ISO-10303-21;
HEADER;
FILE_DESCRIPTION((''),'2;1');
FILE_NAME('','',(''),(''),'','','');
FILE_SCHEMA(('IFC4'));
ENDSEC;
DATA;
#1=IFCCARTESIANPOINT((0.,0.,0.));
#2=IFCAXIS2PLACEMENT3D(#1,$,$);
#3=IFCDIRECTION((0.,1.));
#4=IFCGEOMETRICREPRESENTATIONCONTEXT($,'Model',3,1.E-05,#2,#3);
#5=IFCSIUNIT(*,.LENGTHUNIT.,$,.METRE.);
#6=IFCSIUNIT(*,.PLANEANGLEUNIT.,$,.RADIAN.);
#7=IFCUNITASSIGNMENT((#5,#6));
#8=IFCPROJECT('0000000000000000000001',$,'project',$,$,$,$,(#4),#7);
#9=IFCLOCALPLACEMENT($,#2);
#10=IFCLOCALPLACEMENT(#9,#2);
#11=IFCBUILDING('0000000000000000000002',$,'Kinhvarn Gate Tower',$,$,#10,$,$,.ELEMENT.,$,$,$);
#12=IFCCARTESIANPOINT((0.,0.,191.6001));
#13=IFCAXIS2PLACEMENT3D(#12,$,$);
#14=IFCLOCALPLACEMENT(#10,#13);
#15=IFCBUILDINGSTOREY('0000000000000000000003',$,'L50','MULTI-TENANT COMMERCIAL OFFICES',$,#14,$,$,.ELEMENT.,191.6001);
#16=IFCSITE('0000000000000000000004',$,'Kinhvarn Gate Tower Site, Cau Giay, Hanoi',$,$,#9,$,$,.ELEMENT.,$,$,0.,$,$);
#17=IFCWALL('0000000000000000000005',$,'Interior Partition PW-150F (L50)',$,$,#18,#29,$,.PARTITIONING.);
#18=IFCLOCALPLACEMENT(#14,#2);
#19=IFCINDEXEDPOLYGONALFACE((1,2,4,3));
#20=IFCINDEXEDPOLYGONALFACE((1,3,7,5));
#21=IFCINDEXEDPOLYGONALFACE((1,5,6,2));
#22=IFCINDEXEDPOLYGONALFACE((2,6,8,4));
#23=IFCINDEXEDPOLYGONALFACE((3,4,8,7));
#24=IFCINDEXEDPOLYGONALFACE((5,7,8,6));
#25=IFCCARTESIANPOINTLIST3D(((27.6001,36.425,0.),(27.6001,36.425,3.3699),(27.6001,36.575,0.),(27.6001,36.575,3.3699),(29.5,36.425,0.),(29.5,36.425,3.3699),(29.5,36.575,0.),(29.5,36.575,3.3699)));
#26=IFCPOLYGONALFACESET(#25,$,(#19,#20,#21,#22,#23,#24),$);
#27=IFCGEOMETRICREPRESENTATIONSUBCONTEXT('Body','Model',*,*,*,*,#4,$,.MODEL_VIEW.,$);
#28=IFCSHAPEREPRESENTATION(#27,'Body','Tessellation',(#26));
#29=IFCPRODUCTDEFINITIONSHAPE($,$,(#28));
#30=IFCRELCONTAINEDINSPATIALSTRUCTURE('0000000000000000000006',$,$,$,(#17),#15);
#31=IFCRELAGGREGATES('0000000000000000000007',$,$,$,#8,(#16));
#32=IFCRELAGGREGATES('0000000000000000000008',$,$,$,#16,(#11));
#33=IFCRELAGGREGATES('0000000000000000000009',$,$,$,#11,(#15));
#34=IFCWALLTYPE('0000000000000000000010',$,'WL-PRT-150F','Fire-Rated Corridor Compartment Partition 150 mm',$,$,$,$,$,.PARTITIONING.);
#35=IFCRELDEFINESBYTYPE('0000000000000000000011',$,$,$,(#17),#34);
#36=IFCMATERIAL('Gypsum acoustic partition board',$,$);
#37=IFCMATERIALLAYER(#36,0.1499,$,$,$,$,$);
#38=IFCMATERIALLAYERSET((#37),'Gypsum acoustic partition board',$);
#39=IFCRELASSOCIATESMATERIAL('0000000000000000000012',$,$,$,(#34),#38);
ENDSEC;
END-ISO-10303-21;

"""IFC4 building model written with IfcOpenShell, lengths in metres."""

from ifc_helpers import new_model, si_unit, direction, frame, frame_2d, origin, place, context, subcontext, project, spatial, rectangle, extrude, material, layer, layer_set, type_object, element, save


model = new_model("IFC4")

# Units and contexts
model_context = context("Model", 3, precision=1e-05, world=origin(), true_north=direction((0.0, 1.0)))
body_context = subcontext(model_context, "Body", "Model", "MODEL_VIEW")
ifc_project = project(units=[si_unit("LENGTHUNIT", "METRE"), si_unit("PLANEANGLEUNIT", "RADIAN")], contexts=[model_context])

# Site, building, storey
site_placement = place(None, origin())
site = spatial("IfcSite", under=ifc_project, at=site_placement, Name="Kinhvarn Gate Tower Site, Cau Giay, Hanoi", CompositionType="ELEMENT", RefElevation=0.0)
building_placement = place(site_placement, origin())
building = spatial("IfcBuilding", under=site, at=building_placement, Name="Kinhvarn Gate Tower", CompositionType="ELEMENT")
storey_placement = place(building_placement, frame((0.0, 0.0, 191.6001)))
storey = spatial("IfcBuildingStorey", under=building, at=storey_placement, Name="L50", Description="MULTI-TENANT COMMERCIAL OFFICES", CompositionType="ELEMENT", Elevation=191.6001)

# Shared definitions
ifc_material_1 = material(Name="Gypsum acoustic partition board")

# Wall
ifc_layer_1 = layer(ifc_material_1, 0.1499)
ifc_layer_set_1 = layer_set([ifc_layer_1], Name="Gypsum acoustic partition board")
wall_type_1 = type_object("IfcWallType", Name="WL-PRT-150F", Description="Fire-Rated Corridor Compartment Partition 150 mm", PredefinedType="PARTITIONING", material=ifc_layer_set_1)
wall_1_placement = place(storey_placement, frame((27.6001, 36.5, 0.0), z_axis=(0.0, 0.0, 1.0), x_axis=(1.0, 0.0, 0.0)))
element("IfcWall", 1, at=wall_1_placement, inside=storey, type_object=wall_type_1, Name="Interior Partition PW-150F (L50)", PredefinedType="PARTITIONING", context=body_context, shape_type="SweptSolid", body=[
    extrude(rectangle(XDim=1.8999, YDim=0.1499, at=frame_2d((0.95, 0.0))), origin(), (0.0, 0.0, 1.0), 3.3699),
])

save(model, "model.ifc")
